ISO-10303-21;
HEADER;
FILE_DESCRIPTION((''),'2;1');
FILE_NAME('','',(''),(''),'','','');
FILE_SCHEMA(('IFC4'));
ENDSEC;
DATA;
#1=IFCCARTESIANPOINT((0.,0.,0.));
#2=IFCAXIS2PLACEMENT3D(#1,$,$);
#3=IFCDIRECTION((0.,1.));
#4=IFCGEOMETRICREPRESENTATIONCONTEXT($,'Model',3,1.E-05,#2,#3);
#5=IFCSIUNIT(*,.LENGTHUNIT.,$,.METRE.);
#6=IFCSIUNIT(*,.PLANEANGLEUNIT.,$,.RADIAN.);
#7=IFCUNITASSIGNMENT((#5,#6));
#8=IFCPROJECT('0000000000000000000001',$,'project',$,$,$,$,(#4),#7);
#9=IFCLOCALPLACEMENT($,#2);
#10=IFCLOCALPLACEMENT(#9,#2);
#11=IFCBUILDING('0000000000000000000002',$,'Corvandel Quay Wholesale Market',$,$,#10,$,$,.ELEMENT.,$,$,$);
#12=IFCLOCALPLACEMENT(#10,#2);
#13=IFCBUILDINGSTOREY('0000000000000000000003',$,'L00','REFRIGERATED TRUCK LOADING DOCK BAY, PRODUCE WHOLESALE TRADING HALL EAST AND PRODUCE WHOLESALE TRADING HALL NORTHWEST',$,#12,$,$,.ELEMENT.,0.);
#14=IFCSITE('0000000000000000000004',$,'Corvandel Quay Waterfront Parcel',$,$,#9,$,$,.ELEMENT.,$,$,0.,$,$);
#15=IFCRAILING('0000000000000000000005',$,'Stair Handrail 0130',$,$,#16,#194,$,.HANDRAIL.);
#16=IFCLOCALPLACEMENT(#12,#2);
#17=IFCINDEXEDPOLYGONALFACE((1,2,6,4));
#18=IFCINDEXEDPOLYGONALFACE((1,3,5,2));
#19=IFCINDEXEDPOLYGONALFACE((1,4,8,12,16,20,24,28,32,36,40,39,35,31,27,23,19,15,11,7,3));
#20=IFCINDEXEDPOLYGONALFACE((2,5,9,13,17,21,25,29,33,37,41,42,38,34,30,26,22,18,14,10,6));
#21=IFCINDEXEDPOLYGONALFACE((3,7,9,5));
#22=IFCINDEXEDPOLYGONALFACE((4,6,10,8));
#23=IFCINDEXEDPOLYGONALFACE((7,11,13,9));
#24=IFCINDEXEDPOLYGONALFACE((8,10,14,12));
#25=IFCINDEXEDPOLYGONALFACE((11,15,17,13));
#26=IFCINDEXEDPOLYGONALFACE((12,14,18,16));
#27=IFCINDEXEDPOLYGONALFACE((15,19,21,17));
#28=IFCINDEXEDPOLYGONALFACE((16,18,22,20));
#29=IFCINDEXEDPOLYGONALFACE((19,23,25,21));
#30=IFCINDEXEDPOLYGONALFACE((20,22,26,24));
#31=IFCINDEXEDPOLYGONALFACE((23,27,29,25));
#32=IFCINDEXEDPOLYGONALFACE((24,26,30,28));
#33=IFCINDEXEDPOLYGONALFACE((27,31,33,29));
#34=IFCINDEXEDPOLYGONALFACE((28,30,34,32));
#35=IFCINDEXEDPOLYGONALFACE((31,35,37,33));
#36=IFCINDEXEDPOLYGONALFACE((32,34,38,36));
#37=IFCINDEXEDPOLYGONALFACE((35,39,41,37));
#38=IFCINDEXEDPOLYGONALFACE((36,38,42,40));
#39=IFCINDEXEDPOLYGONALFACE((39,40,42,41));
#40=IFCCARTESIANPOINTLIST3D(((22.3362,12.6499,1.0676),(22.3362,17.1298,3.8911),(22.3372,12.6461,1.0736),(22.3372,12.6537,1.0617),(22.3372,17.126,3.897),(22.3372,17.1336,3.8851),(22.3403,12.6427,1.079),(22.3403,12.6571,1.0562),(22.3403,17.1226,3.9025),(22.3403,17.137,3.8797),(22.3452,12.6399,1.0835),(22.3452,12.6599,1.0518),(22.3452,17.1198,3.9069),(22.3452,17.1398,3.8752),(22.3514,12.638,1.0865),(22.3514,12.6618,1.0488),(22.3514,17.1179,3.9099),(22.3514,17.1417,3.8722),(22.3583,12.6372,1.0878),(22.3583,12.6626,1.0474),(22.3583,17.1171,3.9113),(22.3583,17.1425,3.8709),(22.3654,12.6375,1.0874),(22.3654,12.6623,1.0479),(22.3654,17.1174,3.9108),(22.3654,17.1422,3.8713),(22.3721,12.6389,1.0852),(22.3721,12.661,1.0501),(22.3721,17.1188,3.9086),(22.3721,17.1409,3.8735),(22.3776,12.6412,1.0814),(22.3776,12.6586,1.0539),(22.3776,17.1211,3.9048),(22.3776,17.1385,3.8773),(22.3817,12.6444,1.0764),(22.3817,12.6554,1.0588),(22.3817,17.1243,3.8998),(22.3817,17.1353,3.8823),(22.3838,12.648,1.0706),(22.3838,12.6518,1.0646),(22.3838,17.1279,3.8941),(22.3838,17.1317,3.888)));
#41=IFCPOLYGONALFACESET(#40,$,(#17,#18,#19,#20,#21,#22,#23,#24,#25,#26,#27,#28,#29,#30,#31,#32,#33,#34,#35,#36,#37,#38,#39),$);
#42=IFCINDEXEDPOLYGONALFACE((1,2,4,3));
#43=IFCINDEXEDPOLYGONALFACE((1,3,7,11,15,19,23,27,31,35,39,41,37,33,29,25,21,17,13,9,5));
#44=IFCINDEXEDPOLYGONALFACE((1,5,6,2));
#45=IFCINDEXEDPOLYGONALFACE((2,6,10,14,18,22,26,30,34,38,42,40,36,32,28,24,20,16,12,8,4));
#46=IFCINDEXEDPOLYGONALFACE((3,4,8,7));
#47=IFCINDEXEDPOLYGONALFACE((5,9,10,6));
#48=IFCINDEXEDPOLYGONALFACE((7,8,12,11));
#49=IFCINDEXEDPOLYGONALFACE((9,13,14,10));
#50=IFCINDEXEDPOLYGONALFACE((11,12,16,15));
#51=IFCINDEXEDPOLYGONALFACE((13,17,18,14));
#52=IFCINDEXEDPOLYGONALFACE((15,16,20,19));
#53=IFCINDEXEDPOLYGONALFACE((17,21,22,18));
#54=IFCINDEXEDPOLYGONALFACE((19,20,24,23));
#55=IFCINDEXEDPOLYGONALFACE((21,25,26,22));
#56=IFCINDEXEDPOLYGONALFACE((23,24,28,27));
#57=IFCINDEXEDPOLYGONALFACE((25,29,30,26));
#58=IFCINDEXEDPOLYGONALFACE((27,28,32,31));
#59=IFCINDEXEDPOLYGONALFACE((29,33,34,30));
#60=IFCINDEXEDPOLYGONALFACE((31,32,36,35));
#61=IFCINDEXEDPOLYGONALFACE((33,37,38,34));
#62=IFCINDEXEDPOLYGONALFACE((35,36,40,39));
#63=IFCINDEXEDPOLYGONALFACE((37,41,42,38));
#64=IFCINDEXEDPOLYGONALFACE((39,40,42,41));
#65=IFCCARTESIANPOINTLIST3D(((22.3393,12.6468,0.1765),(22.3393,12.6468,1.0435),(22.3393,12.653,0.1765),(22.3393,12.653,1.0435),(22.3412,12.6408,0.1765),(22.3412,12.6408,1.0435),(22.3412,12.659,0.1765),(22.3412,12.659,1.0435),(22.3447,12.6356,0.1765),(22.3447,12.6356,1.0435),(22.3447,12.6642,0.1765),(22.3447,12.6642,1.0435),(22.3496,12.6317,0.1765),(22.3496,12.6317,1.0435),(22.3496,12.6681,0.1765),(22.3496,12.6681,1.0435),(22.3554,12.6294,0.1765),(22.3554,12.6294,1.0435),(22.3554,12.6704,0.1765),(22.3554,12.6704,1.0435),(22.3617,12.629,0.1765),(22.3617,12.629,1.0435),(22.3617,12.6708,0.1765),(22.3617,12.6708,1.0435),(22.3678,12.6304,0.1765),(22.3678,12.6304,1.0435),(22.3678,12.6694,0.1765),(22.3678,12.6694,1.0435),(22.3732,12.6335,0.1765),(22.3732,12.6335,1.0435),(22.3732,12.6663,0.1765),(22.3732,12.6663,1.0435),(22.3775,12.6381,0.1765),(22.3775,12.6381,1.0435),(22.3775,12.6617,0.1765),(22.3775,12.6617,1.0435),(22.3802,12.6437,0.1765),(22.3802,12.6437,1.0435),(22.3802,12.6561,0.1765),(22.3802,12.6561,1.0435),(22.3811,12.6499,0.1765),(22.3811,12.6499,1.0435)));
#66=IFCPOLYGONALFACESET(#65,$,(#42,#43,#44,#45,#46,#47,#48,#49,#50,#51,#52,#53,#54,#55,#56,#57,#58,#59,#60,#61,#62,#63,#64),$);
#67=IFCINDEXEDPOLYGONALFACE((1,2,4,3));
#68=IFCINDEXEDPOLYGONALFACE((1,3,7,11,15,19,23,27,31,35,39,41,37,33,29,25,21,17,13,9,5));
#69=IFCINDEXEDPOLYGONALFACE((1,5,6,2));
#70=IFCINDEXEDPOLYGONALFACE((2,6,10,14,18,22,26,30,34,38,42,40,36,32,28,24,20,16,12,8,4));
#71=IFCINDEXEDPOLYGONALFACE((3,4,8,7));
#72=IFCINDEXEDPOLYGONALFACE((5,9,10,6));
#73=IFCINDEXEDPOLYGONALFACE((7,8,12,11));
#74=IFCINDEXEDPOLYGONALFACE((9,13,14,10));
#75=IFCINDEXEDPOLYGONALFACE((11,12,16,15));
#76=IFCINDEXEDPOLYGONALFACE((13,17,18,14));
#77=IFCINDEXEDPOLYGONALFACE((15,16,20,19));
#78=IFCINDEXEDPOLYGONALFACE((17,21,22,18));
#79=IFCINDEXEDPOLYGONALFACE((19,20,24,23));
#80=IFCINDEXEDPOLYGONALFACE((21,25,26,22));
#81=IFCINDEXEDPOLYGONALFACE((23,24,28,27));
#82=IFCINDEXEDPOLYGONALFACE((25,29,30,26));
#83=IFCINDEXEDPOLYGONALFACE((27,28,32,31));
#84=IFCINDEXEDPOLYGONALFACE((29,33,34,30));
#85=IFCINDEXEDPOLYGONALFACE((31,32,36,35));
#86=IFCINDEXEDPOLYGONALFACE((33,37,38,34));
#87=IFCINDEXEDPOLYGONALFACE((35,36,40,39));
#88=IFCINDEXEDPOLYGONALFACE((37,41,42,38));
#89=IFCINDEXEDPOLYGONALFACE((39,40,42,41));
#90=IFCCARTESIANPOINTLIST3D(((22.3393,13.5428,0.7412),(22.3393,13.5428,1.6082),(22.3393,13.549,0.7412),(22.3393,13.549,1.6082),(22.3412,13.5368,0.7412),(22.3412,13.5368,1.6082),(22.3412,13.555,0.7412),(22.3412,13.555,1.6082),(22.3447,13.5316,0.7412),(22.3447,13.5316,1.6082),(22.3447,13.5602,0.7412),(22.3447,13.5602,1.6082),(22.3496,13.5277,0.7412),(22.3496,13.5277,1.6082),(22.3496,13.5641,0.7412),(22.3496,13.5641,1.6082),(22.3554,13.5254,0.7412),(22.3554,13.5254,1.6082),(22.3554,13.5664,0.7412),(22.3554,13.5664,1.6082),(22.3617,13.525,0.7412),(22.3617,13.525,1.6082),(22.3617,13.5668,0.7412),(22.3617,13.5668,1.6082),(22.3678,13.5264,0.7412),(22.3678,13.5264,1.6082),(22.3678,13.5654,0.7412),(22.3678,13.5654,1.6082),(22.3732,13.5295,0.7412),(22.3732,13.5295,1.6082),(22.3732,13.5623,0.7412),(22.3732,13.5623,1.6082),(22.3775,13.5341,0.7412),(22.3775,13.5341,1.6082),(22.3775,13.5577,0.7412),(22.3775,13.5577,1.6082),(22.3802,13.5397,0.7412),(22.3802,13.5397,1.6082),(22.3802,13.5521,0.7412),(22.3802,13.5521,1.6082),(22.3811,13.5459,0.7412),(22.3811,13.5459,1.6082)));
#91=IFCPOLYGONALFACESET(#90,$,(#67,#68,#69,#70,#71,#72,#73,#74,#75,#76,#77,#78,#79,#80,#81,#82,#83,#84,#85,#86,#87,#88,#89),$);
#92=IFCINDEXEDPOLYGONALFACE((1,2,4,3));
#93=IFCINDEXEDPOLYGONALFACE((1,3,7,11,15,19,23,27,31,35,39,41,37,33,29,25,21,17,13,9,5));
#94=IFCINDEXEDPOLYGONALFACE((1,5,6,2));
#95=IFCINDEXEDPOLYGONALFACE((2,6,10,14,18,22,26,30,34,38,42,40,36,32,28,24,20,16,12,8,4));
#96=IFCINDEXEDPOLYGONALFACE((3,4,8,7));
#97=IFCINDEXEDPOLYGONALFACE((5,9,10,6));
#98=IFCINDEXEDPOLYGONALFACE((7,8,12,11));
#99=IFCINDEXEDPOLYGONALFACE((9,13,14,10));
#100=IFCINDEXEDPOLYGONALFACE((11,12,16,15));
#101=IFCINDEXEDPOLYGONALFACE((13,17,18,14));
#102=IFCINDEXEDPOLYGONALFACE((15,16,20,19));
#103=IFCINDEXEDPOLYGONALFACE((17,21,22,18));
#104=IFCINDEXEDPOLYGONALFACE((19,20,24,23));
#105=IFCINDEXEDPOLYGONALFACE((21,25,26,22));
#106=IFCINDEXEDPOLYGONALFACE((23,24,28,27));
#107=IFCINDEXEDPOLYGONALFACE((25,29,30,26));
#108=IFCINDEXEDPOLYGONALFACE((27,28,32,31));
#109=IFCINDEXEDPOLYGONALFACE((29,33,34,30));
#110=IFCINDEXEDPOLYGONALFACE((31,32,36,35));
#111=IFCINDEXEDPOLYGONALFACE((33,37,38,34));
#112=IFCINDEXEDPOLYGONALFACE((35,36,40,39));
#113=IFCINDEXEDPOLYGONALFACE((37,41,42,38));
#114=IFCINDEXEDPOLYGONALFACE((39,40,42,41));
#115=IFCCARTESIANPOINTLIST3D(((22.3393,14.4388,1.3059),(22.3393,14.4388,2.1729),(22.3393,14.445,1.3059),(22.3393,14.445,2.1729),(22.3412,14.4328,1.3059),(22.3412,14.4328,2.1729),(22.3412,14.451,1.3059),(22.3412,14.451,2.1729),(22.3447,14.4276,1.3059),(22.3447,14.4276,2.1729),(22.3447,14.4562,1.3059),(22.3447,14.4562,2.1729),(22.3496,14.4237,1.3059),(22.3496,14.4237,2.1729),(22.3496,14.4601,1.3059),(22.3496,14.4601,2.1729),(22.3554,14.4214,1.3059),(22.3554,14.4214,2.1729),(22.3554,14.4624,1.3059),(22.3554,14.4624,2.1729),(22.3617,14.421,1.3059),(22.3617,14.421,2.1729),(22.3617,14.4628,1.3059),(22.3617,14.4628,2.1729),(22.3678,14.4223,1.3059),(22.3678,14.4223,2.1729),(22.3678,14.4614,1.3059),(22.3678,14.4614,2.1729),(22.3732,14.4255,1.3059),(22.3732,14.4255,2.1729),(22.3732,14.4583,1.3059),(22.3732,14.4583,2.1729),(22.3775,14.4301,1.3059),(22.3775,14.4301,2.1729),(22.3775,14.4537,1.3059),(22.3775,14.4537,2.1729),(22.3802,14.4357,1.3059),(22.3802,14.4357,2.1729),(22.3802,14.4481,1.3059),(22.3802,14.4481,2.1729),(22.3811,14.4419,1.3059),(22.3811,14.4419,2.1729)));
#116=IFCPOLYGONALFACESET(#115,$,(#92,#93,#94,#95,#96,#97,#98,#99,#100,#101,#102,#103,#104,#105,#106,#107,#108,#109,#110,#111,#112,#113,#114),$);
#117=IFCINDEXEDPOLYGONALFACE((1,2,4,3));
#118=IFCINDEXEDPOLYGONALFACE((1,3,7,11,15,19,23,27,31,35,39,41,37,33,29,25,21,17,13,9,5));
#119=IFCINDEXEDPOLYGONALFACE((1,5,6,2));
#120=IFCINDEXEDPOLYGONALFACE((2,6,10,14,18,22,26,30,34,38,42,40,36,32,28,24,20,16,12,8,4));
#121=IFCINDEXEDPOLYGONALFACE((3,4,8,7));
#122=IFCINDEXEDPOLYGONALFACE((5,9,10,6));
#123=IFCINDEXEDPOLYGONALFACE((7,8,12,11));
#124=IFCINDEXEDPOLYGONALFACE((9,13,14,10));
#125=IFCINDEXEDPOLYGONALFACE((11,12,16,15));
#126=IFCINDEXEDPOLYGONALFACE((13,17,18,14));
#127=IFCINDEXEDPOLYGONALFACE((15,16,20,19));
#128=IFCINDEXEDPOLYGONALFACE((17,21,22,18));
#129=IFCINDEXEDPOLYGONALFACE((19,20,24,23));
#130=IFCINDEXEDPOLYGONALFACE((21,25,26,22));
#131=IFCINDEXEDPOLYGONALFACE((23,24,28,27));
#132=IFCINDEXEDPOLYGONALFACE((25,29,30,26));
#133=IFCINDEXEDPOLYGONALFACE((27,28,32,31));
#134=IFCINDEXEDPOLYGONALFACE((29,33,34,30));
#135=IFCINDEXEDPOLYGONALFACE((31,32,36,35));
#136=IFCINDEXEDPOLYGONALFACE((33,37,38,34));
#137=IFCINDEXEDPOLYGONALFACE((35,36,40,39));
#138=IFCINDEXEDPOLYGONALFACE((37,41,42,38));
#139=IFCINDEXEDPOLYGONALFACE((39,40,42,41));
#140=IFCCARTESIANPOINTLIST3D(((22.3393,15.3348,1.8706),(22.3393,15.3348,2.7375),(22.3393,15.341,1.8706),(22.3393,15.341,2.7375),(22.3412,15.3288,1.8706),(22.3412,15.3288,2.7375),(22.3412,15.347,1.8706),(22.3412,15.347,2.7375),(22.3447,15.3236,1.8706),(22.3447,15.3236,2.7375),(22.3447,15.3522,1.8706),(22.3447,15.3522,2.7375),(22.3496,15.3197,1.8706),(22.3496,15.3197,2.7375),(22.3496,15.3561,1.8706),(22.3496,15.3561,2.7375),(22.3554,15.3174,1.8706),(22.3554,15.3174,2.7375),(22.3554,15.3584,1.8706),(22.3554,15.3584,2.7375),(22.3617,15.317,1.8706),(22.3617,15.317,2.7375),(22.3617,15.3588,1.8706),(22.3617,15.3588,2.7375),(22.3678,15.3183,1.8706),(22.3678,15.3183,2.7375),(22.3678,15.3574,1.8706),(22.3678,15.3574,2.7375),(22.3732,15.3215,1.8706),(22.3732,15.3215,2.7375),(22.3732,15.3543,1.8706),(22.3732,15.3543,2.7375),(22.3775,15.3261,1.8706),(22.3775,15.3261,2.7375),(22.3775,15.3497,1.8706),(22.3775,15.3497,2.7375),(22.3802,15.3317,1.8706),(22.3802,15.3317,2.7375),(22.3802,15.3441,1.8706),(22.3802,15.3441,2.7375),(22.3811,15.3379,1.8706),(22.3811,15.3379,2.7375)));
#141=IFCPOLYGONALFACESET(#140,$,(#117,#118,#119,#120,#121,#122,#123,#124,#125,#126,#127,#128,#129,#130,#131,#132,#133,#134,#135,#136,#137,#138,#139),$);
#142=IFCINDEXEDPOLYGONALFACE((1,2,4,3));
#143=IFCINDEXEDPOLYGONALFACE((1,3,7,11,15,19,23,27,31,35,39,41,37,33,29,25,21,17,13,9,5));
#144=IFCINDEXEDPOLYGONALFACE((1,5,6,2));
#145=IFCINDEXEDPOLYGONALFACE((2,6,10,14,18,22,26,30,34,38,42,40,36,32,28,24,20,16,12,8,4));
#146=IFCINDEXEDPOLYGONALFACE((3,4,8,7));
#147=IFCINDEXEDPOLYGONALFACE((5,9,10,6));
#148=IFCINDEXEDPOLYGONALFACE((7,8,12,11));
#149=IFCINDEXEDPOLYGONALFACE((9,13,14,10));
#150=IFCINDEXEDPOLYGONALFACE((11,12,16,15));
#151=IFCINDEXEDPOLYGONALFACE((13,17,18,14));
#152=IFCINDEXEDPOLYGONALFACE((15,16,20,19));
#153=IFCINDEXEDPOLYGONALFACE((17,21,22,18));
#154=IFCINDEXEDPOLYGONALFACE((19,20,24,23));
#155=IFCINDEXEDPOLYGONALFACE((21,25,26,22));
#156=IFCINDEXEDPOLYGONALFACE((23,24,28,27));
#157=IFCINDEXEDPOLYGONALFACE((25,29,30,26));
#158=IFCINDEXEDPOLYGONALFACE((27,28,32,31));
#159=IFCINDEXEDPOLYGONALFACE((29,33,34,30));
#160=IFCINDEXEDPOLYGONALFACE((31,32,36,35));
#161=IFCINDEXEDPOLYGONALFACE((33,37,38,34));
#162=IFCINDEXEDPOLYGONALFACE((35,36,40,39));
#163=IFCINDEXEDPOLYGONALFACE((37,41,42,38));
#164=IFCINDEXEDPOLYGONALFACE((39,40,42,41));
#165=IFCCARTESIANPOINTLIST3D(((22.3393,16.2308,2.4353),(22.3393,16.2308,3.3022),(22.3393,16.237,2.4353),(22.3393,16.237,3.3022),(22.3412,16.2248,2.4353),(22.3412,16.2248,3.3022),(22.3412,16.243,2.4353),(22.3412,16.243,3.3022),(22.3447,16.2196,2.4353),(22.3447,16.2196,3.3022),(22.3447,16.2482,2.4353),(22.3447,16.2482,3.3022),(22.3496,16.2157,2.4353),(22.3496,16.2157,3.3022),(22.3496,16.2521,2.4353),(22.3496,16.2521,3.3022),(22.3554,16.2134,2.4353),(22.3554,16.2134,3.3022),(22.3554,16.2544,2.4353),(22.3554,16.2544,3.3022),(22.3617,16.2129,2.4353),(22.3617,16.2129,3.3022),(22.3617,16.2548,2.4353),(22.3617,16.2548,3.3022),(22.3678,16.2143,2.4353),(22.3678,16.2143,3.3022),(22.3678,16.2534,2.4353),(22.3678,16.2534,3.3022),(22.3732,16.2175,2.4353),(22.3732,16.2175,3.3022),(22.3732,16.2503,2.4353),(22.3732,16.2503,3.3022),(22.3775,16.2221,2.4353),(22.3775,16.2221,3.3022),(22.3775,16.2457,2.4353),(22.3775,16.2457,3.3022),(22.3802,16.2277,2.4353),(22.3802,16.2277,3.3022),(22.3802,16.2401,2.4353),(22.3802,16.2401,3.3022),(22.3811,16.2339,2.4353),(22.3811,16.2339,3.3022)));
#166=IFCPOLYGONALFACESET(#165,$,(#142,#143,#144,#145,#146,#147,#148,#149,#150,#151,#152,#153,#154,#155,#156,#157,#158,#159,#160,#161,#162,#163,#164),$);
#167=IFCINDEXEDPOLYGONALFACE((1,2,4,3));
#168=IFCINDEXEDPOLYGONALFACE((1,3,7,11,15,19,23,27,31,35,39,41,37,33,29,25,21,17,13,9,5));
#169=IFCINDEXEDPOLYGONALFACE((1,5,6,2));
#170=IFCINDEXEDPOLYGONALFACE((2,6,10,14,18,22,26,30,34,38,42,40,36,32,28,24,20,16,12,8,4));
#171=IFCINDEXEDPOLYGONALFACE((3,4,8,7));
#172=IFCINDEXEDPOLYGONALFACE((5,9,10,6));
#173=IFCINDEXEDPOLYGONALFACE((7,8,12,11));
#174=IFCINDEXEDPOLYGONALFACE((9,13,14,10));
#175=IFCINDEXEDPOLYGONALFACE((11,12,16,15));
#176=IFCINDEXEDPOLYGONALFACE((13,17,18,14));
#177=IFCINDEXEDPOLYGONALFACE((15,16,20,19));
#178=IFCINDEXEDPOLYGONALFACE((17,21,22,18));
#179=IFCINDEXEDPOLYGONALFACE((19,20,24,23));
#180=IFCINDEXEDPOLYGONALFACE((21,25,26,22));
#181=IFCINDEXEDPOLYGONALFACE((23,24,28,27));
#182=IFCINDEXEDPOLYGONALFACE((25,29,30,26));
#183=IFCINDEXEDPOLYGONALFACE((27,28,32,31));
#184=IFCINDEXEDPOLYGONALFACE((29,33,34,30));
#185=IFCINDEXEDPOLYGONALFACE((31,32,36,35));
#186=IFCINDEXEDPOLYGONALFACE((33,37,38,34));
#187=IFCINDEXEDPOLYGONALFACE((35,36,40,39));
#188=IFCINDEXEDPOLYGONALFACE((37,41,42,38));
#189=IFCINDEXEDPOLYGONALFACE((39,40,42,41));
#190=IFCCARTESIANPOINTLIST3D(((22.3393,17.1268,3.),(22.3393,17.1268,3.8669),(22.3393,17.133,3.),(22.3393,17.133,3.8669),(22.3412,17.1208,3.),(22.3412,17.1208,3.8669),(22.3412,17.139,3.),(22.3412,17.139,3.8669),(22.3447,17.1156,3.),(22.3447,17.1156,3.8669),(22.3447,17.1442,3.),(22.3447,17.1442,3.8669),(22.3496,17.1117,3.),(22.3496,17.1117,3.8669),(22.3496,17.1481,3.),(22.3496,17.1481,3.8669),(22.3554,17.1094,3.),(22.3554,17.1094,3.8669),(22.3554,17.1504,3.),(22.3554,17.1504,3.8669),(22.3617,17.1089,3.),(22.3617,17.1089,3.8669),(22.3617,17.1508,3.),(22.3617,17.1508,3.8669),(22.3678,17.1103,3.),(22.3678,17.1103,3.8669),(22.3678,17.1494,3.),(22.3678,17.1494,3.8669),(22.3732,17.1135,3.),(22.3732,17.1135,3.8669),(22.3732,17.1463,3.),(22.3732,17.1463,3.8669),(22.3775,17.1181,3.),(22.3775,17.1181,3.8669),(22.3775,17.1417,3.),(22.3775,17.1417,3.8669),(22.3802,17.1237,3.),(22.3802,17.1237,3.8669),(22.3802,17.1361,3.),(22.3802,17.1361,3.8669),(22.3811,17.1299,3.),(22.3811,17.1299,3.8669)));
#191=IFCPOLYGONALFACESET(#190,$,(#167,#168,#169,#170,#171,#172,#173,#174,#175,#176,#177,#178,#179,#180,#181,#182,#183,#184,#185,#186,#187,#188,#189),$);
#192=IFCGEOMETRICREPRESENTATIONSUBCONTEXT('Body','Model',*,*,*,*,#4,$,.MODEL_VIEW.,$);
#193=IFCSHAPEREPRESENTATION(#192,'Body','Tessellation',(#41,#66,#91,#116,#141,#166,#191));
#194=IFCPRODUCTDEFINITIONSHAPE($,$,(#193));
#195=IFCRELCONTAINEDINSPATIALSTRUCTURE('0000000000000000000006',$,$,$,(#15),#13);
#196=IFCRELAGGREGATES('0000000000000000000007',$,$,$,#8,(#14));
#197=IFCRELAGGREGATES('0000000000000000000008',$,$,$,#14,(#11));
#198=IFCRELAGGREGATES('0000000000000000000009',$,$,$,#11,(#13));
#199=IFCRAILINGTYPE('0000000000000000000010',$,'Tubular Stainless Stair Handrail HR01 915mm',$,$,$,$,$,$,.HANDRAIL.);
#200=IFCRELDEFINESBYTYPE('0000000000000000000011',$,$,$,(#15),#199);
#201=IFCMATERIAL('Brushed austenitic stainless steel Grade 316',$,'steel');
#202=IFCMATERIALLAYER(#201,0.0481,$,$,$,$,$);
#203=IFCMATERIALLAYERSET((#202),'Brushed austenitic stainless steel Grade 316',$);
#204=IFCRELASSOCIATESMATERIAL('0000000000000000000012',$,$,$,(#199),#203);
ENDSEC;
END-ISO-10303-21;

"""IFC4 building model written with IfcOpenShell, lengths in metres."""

from ifc_helpers import new_model, si_unit, direction, frame, origin, origin_2d, place, context, subcontext, project, spatial, circle, extrude, material, layer, layer_set, type_object, element, save


model = new_model("IFC4")

# Units and contexts
model_context = context("Model", 3, precision=1e-05, world=origin(), true_north=direction((0.0, 1.0)))
body_context = subcontext(model_context, "Body", "Model", "MODEL_VIEW")
ifc_project = project(units=[si_unit("LENGTHUNIT", "METRE"), si_unit("PLANEANGLEUNIT", "RADIAN")], contexts=[model_context])

# Site, building, storey
site_placement = place(None, origin())
site = spatial("IfcSite", under=ifc_project, at=site_placement, Name="Corvandel Quay Waterfront Parcel", CompositionType="ELEMENT", RefElevation=0.0)
building_placement = place(site_placement, origin())
building = spatial("IfcBuilding", under=site, at=building_placement, Name="Corvandel Quay Wholesale Market", CompositionType="ELEMENT")
storey_placement = place(building_placement, origin())
storey = spatial("IfcBuildingStorey", under=building, at=storey_placement, Name="L00", Description="REFRIGERATED TRUCK LOADING DOCK BAY, PRODUCE WHOLESALE TRADING HALL EAST AND PRODUCE WHOLESALE TRADING HALL NORTHWEST", CompositionType="ELEMENT", Elevation=0.0)

# Railing
ifc_material_1 = material(Name="Brushed austenitic stainless steel Grade 316", Category="steel")
ifc_layer_1 = layer(ifc_material_1, 0.0481)
ifc_layer_set_1 = layer_set([ifc_layer_1], Name="Brushed austenitic stainless steel Grade 316")
railing_type = type_object("IfcRailingType", Name="Tubular Stainless Stair Handrail HR01 915mm", PredefinedType="HANDRAIL", material=ifc_layer_set_1)
railing_placement = place(storey_placement, frame((22.3601, 12.6499, 0.1765)))
element("IfcRailing", 1, at=railing_placement, inside=storey, type_object=railing_type, Name="Stair Handrail 0130", PredefinedType="HANDRAIL", context=body_context, shape_type="SweptSolid", body=[
    extrude(circle(Radius=0.0239, at=origin_2d()), frame((0.0, 0.0, 0.8911), z_axis=(0.0, 0.845998, 0.533186), x_axis=(-1.0, 0.0, 0.0)), (0.0, 0.0, 1.0), 5.2954),
    extrude(circle(Radius=0.021, at=origin_2d()), origin(), (0.0, 0.0, 1.0), 0.8669),
    extrude(circle(Radius=0.021, at=origin_2d()), frame((0.0, 0.896, 0.5647)), (0.0, 0.0, 1.0), 0.8669),
    extrude(circle(Radius=0.021, at=origin_2d()), frame((0.0, 1.792, 1.1294)), (0.0, 0.0, 1.0), 0.8669),
    extrude(circle(Radius=0.021, at=origin_2d()), frame((0.0, 2.688, 1.6941)), (0.0, 0.0, 1.0), 0.8669),
    extrude(circle(Radius=0.021, at=origin_2d()), frame((0.0, 3.584, 2.2588)), (0.0, 0.0, 1.0), 0.8669),
    extrude(circle(Radius=0.021, at=origin_2d()), frame((0.0, 4.48, 2.8235)), (0.0, 0.0, 1.0), 0.8669),
])

save(model, "model.ifc")
